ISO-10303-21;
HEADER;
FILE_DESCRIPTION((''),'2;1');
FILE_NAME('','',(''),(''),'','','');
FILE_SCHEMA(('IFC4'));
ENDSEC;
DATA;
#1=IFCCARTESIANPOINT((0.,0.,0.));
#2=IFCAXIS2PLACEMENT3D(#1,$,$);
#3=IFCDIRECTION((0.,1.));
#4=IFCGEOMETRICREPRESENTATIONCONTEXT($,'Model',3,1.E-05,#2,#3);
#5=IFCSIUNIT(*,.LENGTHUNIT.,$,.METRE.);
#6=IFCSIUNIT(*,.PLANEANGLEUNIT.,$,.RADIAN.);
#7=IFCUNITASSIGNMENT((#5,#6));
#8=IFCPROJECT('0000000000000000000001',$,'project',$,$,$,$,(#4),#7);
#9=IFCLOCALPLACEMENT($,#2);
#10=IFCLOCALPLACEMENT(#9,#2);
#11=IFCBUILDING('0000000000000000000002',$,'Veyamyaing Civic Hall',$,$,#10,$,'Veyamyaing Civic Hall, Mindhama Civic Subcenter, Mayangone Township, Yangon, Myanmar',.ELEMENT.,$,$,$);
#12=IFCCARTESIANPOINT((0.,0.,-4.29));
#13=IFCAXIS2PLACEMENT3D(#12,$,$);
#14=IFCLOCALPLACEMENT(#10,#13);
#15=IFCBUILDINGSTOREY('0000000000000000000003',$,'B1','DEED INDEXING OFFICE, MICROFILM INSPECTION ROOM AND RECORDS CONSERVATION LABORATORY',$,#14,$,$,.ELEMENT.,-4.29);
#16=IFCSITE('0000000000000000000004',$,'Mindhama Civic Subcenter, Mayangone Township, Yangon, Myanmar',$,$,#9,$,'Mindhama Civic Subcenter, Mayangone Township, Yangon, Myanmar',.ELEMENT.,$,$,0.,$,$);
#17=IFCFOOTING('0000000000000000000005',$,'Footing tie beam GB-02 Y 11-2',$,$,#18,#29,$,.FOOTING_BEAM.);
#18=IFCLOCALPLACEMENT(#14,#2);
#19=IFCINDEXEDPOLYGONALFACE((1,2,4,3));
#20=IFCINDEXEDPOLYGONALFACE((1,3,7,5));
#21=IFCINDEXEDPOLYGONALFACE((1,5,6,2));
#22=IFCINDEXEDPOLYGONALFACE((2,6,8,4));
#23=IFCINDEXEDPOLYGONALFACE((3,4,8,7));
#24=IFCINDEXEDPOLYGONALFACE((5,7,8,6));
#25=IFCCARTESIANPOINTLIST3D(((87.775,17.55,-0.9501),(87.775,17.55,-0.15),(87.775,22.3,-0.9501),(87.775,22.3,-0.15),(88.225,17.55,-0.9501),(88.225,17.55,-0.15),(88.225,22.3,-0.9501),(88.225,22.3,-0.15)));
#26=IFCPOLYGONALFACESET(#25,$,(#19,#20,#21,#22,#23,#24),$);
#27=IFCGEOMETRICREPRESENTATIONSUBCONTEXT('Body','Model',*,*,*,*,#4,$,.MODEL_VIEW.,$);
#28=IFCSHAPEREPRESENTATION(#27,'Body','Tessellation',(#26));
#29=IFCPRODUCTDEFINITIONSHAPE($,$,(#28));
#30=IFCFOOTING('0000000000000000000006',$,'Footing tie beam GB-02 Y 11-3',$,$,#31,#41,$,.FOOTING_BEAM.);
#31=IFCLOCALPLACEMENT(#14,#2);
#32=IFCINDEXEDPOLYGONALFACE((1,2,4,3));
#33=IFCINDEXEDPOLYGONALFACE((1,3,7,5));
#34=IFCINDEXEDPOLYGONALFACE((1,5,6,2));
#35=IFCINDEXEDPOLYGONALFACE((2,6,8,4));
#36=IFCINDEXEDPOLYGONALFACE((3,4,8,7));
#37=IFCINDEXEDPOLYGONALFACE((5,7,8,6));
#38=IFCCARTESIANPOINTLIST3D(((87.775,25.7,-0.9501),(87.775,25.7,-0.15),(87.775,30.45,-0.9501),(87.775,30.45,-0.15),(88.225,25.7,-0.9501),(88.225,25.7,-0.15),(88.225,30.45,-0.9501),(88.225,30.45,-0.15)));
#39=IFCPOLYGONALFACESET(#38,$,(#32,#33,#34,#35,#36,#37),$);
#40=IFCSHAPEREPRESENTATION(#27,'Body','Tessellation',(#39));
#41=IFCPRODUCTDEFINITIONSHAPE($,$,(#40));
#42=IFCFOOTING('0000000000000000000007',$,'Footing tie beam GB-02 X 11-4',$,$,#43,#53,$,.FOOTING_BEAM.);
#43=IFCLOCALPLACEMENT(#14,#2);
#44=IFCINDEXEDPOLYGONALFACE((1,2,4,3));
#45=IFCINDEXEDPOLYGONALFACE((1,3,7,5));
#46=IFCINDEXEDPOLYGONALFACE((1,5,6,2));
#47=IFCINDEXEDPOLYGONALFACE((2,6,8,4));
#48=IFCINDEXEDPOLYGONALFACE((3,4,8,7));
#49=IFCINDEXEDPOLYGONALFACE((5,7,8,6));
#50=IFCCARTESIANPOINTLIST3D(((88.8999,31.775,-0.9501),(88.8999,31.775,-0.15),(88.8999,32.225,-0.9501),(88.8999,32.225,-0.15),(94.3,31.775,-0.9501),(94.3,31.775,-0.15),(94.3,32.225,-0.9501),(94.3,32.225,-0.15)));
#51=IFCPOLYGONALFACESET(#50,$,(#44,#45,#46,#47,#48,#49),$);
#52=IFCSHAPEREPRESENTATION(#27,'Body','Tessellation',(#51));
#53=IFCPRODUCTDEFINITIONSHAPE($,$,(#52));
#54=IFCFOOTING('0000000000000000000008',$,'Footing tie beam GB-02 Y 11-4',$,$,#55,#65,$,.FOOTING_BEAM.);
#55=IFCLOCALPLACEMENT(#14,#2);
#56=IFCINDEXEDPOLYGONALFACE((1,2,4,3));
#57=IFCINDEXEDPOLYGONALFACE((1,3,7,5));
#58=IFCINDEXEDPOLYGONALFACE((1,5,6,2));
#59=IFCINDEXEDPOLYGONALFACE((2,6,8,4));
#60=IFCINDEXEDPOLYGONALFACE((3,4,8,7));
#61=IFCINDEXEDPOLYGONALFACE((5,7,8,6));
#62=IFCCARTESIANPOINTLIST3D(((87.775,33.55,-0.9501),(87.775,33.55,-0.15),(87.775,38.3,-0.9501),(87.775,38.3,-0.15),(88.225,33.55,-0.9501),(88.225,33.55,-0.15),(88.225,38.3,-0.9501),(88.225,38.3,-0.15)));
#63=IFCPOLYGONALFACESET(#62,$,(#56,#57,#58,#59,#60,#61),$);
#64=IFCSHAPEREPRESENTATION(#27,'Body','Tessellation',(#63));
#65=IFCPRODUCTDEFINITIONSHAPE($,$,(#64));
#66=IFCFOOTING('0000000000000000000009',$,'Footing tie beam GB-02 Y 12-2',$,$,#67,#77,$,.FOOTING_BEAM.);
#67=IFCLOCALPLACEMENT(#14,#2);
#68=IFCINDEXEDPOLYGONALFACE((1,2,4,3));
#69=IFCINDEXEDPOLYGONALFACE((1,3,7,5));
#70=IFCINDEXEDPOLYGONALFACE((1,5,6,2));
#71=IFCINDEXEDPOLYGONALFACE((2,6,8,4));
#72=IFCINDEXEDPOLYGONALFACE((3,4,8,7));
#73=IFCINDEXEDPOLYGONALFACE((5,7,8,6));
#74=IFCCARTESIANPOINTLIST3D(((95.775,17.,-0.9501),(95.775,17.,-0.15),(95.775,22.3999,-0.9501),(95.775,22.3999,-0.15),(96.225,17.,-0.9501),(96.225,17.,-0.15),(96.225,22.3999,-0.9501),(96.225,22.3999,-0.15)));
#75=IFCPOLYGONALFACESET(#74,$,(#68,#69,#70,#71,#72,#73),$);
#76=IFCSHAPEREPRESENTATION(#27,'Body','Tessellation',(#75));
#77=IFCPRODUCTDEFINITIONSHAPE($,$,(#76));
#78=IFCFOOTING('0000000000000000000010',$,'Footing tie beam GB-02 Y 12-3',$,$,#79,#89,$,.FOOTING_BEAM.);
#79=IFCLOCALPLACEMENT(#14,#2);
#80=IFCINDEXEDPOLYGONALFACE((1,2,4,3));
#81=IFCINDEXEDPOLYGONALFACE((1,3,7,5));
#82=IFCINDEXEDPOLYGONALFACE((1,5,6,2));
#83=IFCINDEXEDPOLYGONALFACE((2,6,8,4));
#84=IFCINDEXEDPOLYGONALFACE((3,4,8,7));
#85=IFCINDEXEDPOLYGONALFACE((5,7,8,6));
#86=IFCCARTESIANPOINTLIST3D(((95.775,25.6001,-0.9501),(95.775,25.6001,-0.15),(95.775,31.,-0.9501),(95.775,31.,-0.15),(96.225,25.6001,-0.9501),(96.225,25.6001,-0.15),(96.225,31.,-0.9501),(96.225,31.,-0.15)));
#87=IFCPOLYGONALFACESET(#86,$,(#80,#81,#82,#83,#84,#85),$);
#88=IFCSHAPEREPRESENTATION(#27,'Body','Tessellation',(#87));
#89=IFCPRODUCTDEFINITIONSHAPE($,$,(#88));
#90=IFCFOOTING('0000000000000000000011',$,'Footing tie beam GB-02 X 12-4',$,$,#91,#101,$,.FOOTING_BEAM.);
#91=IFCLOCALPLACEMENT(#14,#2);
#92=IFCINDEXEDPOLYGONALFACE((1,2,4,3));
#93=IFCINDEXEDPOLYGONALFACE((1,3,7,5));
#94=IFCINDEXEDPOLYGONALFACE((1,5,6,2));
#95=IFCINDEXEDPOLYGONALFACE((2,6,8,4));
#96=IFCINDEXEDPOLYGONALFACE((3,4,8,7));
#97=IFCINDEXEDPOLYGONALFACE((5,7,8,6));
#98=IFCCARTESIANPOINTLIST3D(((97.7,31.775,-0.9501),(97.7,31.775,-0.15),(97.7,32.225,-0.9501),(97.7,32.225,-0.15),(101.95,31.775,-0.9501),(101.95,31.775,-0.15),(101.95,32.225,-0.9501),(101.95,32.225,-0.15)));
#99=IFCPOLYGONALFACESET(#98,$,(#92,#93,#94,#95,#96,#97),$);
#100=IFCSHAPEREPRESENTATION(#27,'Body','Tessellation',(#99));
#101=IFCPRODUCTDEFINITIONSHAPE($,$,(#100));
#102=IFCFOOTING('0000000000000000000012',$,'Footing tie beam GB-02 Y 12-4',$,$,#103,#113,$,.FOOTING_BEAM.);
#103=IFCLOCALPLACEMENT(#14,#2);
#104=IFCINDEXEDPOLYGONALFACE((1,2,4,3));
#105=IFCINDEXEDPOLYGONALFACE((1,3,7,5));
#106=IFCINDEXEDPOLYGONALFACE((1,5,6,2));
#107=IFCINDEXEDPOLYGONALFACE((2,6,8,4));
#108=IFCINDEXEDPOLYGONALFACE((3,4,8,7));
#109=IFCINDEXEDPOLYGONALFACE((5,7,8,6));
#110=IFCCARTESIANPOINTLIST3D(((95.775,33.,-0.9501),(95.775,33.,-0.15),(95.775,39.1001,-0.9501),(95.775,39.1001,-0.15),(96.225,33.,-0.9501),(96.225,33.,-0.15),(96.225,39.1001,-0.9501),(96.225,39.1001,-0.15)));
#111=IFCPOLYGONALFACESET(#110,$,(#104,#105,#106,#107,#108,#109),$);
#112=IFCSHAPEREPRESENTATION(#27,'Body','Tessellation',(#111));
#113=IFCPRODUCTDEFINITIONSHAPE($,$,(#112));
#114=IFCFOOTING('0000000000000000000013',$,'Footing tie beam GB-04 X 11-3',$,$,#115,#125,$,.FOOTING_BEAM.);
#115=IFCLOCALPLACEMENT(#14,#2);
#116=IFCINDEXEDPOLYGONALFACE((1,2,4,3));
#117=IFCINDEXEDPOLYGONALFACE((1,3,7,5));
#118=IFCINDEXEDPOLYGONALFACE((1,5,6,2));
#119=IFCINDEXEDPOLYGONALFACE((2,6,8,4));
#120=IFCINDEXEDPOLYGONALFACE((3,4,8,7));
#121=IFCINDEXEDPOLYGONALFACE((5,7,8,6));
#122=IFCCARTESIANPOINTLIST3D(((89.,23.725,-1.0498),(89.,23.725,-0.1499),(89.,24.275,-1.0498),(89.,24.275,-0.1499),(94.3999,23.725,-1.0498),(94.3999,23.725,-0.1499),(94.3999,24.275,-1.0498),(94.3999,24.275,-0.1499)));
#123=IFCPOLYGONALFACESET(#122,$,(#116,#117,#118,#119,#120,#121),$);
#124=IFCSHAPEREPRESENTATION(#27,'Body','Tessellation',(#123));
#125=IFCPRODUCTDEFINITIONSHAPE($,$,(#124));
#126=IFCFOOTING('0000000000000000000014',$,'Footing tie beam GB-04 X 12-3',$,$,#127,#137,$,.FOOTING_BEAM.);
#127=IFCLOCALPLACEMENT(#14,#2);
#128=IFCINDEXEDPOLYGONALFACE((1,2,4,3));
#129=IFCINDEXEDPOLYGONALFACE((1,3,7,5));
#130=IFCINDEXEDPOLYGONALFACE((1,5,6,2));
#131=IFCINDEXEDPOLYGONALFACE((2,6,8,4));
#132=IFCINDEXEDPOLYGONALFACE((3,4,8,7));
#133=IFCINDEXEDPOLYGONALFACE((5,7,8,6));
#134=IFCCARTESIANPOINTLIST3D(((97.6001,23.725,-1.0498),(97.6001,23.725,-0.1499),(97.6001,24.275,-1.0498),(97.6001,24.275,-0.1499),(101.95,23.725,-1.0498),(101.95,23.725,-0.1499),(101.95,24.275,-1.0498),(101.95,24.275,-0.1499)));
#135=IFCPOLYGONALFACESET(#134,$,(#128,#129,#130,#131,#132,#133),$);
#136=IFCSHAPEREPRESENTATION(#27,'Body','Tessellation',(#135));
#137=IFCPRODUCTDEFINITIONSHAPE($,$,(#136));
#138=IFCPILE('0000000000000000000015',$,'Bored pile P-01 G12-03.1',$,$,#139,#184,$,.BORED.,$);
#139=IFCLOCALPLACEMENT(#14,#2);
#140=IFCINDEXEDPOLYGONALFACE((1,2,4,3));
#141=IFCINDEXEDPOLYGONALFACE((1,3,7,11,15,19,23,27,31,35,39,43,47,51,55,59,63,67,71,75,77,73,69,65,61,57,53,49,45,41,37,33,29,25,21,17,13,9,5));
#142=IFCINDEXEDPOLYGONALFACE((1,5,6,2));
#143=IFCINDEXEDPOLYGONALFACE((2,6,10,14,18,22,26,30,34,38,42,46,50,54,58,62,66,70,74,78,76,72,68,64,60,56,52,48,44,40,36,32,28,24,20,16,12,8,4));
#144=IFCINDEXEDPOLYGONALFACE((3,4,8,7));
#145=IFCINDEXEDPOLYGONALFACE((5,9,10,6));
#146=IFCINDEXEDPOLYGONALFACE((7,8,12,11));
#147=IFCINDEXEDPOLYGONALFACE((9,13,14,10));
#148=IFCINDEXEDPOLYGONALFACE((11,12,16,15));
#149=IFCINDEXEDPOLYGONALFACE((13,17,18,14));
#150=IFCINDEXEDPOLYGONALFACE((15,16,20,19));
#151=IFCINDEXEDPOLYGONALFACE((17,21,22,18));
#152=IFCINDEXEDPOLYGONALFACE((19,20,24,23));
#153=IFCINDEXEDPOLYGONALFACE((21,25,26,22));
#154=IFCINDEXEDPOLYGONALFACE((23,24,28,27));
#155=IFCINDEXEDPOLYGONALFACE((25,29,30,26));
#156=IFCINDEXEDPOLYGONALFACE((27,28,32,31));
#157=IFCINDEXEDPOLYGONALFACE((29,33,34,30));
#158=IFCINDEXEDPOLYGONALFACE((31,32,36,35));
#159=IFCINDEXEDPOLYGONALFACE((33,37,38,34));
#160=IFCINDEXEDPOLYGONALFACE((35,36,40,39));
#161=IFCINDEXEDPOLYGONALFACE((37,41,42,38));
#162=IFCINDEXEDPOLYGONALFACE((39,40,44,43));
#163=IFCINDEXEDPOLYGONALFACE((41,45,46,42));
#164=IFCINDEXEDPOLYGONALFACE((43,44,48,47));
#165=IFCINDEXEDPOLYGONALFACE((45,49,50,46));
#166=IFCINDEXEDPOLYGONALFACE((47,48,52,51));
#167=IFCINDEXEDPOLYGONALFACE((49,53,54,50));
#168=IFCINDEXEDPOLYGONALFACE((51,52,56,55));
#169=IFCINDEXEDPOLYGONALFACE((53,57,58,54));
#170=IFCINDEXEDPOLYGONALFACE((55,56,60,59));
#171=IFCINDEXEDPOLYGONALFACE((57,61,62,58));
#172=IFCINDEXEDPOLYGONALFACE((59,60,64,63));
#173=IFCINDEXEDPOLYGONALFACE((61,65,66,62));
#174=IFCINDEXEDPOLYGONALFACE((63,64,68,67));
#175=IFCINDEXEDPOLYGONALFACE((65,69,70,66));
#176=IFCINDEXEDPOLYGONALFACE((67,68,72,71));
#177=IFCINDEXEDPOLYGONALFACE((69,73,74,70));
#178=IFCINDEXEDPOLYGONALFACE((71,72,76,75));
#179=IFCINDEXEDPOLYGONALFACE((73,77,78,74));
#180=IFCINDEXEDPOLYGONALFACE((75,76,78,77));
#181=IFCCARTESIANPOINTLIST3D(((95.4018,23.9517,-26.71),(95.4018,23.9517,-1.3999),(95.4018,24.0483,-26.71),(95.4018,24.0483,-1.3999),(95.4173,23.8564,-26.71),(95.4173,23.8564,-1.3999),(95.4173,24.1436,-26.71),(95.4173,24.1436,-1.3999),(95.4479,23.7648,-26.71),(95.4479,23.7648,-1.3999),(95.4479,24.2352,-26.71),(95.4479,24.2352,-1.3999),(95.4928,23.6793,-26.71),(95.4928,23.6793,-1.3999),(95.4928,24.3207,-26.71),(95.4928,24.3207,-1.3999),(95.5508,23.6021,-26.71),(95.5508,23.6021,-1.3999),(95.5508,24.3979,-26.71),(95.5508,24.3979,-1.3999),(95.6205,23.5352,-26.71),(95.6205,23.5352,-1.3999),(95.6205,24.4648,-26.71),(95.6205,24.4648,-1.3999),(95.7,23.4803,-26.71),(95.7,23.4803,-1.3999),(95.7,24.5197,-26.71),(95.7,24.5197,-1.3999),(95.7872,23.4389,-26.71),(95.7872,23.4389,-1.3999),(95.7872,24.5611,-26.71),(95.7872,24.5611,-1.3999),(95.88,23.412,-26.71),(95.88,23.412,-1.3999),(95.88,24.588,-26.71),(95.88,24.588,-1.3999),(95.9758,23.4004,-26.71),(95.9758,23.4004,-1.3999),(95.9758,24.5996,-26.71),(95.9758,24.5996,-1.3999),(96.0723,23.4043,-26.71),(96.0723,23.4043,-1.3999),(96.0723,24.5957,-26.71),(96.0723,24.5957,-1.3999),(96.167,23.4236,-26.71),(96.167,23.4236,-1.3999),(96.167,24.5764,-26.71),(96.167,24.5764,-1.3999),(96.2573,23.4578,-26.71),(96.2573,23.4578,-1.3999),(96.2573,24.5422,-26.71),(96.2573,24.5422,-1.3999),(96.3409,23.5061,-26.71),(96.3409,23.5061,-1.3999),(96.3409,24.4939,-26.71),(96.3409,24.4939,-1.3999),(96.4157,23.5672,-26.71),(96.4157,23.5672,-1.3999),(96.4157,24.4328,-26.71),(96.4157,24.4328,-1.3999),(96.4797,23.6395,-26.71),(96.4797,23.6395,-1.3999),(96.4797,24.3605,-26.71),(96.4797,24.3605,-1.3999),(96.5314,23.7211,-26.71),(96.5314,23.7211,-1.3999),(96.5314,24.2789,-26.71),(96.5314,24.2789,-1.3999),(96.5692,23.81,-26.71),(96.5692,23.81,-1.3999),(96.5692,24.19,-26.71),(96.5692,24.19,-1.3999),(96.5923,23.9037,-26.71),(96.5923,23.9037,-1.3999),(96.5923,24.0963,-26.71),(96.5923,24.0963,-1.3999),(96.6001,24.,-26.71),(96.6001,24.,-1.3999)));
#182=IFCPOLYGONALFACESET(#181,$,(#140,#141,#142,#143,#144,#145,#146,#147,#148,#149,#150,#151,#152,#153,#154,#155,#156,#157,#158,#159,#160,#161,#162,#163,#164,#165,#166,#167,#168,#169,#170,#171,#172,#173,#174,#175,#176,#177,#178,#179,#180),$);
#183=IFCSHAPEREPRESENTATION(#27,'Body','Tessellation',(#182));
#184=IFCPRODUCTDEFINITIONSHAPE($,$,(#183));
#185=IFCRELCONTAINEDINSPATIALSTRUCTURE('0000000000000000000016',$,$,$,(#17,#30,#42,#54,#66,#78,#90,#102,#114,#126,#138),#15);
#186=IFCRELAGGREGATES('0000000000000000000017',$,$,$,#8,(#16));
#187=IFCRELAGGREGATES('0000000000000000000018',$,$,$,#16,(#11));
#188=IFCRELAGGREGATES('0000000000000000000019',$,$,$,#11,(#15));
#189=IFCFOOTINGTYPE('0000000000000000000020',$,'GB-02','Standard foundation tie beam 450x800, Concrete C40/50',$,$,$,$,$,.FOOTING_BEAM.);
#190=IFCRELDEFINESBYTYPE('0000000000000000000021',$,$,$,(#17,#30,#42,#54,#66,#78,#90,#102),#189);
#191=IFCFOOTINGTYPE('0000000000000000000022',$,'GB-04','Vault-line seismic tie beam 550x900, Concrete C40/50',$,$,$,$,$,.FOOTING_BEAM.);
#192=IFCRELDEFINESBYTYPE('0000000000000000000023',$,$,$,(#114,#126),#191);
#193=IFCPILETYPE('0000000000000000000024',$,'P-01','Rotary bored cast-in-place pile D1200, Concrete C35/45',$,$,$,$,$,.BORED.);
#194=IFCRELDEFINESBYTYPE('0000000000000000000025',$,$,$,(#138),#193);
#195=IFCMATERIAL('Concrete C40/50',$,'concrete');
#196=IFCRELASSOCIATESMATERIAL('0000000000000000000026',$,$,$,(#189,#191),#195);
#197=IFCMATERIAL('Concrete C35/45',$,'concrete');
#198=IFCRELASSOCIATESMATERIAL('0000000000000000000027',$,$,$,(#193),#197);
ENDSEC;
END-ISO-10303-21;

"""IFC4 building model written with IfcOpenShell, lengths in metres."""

from ifc_helpers import new_model, si_unit, direction, frame, origin, origin_2d, place, context, subcontext, project, spatial, rectangle, circle, extrude, material, material_profile, profile_set, type_object, element, save


model = new_model("IFC4")

# Units and contexts
model_context = context("Model", 3, precision=1e-05, world=origin(), true_north=direction((0.0, 1.0)))
body_context = subcontext(model_context, "Body", "Model", "MODEL_VIEW")
ifc_project = project(units=[si_unit("LENGTHUNIT", "METRE"), si_unit("PLANEANGLEUNIT", "RADIAN")], contexts=[model_context])

# Site, building, storey
site_placement = place(None, origin())
site = spatial("IfcSite", under=ifc_project, at=site_placement, Name="Mindhama Civic Subcenter, Mayangone Township, Yangon, Myanmar", LongName="Mindhama Civic Subcenter, Mayangone Township, Yangon, Myanmar", CompositionType="ELEMENT", RefElevation=0.0)
building_placement = place(site_placement, origin())
building = spatial("IfcBuilding", under=site, at=building_placement, Name="Veyamyaing Civic Hall", LongName="Veyamyaing Civic Hall, Mindhama Civic Subcenter, Mayangone Township, Yangon, Myanmar", CompositionType="ELEMENT")
storey_placement = place(building_placement, frame((0.0, 0.0, -4.29)))
storey = spatial("IfcBuildingStorey", under=building, at=storey_placement, Name="B1", Description="DEED INDEXING OFFICE, MICROFILM INSPECTION ROOM AND RECORDS CONSERVATION LABORATORY", CompositionType="ELEMENT", Elevation=-4.29)

# Footings
ifc_material_1 = material(Name="Concrete C40/50", Category="concrete")
ifc_material_profile_1 = material_profile(ifc_material_1, rectangle(XDim=0.45, YDim=0.8, at=origin_2d()), Name="GB-450X800")
ifc_profile_set_1 = profile_set([ifc_material_profile_1], Name="Concrete C40/50")
footing_type_1 = type_object("IfcFootingType", Name="GB-02", Description="Standard foundation tie beam 450x800, Concrete C40/50", PredefinedType="FOOTING_BEAM", material=ifc_profile_set_1)
for number, where, z_axis, x_axis, name in (
    (1, (88.0, 17.55, -0.55), (0.0, 1.0, 0.0), (-1.0, 0.0, 0.0), "Footing tie beam GB-02 Y 11-2"),
    (2, (88.0, 25.7, -0.55), (0.0, 1.0, 0.0), (-1.0, 0.0, 0.0), "Footing tie beam GB-02 Y 11-3"),
):
    element("IfcFooting", number, at=place(storey_placement, frame(where, z_axis=z_axis, x_axis=x_axis)), inside=storey, type_object=footing_type_1, Name=name, PredefinedType="FOOTING_BEAM", context=body_context, shape_type="SweptSolid", body=[
        extrude(rectangle(XDim=0.45, YDim=0.8, at=origin_2d()), origin(), (0.0, 0.0, 1.0), 4.75),
    ])
footing_1_placement = place(storey_placement, frame((88.8999, 32.0, -0.55), z_axis=(1.0, 0.0, 0.0), x_axis=(0.0, 1.0, 0.0)))
element("IfcFooting", 3, at=footing_1_placement, inside=storey, type_object=footing_type_1, Name="Footing tie beam GB-02 X 11-4", PredefinedType="FOOTING_BEAM", context=body_context, shape_type="SweptSolid", body=[
    extrude(rectangle(XDim=0.45, YDim=0.8, at=origin_2d()), origin(), (0.0, 0.0, 1.0), 5.4001),
])
footing_2_placement = place(storey_placement, frame((88.0, 33.55, -0.55), z_axis=(0.0, 1.0, 0.0), x_axis=(-1.0, 0.0, 0.0)))
element("IfcFooting", 4, at=footing_2_placement, inside=storey, type_object=footing_type_1, Name="Footing tie beam GB-02 Y 11-4", PredefinedType="FOOTING_BEAM", context=body_context, shape_type="SweptSolid", body=[
    extrude(rectangle(XDim=0.45, YDim=0.8, at=origin_2d()), origin(), (0.0, 0.0, 1.0), 4.75),
])
for number, where, z_axis, x_axis, name in (
    (5, (96.0, 17.0, -0.55), (0.0, 1.0, 0.0), (-1.0, 0.0, 0.0), "Footing tie beam GB-02 Y 12-2"),
    (6, (96.0, 25.6001, -0.55), (0.0, 1.0, 0.0), (-1.0, 0.0, 0.0), "Footing tie beam GB-02 Y 12-3"),
):
    element("IfcFooting", number, at=place(storey_placement, frame(where, z_axis=z_axis, x_axis=x_axis)), inside=storey, type_object=footing_type_1, Name=name, PredefinedType="FOOTING_BEAM", context=body_context, shape_type="SweptSolid", body=[
        extrude(rectangle(XDim=0.45, YDim=0.8, at=origin_2d()), origin(), (0.0, 0.0, 1.0), 5.3999),
    ])
footing_3_placement = place(storey_placement, frame((97.7, 32.0, -0.55), z_axis=(1.0, 0.0, 0.0), x_axis=(0.0, 1.0, 0.0)))
element("IfcFooting", 7, at=footing_3_placement, inside=storey, type_object=footing_type_1, Name="Footing tie beam GB-02 X 12-4", PredefinedType="FOOTING_BEAM", context=body_context, shape_type="SweptSolid", body=[
    extrude(rectangle(XDim=0.45, YDim=0.8, at=origin_2d()), origin(), (0.0, 0.0, 1.0), 4.25),
])
footing_4_placement = place(storey_placement, frame((96.0, 33.0, -0.55), z_axis=(0.0, 1.0, 0.0), x_axis=(-1.0, 0.0, 0.0)))
element("IfcFooting", 8, at=footing_4_placement, inside=storey, type_object=footing_type_1, Name="Footing tie beam GB-02 Y 12-4", PredefinedType="FOOTING_BEAM", context=body_context, shape_type="SweptSolid", body=[
    extrude(rectangle(XDim=0.45, YDim=0.8, at=origin_2d()), origin(), (0.0, 0.0, 1.0), 6.1001),
])
ifc_material_profile_2 = material_profile(ifc_material_1, rectangle(XDim=0.55, YDim=0.8999, at=origin_2d()), Name="GB-550X900")
ifc_profile_set_2 = profile_set([ifc_material_profile_2], Name="Concrete C40/50")
footing_type_2 = type_object("IfcFootingType", Name="GB-04", Description="Vault-line seismic tie beam 550x900, Concrete C40/50", PredefinedType="FOOTING_BEAM", material=ifc_profile_set_2)
footing_5_placement = place(storey_placement, frame((89.0, 24.0, -0.5999), z_axis=(1.0, 0.0, 0.0), x_axis=(0.0, 1.0, 0.0)))
element("IfcFooting", 9, at=footing_5_placement, inside=storey, type_object=footing_type_2, Name="Footing tie beam GB-04 X 11-3", PredefinedType="FOOTING_BEAM", context=body_context, shape_type="SweptSolid", body=[
    extrude(rectangle(XDim=0.55, YDim=0.8999, at=origin_2d()), origin(), (0.0, 0.0, 1.0), 5.3999),
])
footing_6_placement = place(storey_placement, frame((97.6001, 24.0, -0.5999), z_axis=(1.0, 0.0, 0.0), x_axis=(0.0, 1.0, 0.0)))
element("IfcFooting", 10, at=footing_6_placement, inside=storey, type_object=footing_type_2, Name="Footing tie beam GB-04 X 12-3", PredefinedType="FOOTING_BEAM", context=body_context, shape_type="SweptSolid", body=[
    extrude(rectangle(XDim=0.55, YDim=0.8999, at=origin_2d()), origin(), (0.0, 0.0, 1.0), 4.3499),
])

# Pile
ifc_material_2 = material(Name="Concrete C35/45", Category="concrete")
ifc_material_profile_3 = material_profile(ifc_material_2, circle(Radius=0.6001, at=origin_2d()), Name="PILE-D1200")
ifc_profile_set_3 = profile_set([ifc_material_profile_3], Name="Concrete C35/45")
pile_type_1 = type_object("IfcPileType", Name="P-01", Description="Rotary bored cast-in-place pile D1200, Concrete C35/45", PredefinedType="BORED", material=ifc_profile_set_3)
pile_1_placement = place(storey_placement, frame((96.0, 24.0, -1.3999), z_axis=(0.0, 0.0, -1.0), x_axis=(1.0, 0.0, 0.0)))
element("IfcPile", 11, at=pile_1_placement, inside=storey, type_object=pile_type_1, Name="Bored pile P-01 G12-03.1", PredefinedType="BORED", context=body_context, shape_type="SweptSolid", body=[
    extrude(circle(Radius=0.6001, at=origin_2d()), origin(), (0.0, 0.0, 1.0), 25.3101),
])

save(model, "model.ifc")
